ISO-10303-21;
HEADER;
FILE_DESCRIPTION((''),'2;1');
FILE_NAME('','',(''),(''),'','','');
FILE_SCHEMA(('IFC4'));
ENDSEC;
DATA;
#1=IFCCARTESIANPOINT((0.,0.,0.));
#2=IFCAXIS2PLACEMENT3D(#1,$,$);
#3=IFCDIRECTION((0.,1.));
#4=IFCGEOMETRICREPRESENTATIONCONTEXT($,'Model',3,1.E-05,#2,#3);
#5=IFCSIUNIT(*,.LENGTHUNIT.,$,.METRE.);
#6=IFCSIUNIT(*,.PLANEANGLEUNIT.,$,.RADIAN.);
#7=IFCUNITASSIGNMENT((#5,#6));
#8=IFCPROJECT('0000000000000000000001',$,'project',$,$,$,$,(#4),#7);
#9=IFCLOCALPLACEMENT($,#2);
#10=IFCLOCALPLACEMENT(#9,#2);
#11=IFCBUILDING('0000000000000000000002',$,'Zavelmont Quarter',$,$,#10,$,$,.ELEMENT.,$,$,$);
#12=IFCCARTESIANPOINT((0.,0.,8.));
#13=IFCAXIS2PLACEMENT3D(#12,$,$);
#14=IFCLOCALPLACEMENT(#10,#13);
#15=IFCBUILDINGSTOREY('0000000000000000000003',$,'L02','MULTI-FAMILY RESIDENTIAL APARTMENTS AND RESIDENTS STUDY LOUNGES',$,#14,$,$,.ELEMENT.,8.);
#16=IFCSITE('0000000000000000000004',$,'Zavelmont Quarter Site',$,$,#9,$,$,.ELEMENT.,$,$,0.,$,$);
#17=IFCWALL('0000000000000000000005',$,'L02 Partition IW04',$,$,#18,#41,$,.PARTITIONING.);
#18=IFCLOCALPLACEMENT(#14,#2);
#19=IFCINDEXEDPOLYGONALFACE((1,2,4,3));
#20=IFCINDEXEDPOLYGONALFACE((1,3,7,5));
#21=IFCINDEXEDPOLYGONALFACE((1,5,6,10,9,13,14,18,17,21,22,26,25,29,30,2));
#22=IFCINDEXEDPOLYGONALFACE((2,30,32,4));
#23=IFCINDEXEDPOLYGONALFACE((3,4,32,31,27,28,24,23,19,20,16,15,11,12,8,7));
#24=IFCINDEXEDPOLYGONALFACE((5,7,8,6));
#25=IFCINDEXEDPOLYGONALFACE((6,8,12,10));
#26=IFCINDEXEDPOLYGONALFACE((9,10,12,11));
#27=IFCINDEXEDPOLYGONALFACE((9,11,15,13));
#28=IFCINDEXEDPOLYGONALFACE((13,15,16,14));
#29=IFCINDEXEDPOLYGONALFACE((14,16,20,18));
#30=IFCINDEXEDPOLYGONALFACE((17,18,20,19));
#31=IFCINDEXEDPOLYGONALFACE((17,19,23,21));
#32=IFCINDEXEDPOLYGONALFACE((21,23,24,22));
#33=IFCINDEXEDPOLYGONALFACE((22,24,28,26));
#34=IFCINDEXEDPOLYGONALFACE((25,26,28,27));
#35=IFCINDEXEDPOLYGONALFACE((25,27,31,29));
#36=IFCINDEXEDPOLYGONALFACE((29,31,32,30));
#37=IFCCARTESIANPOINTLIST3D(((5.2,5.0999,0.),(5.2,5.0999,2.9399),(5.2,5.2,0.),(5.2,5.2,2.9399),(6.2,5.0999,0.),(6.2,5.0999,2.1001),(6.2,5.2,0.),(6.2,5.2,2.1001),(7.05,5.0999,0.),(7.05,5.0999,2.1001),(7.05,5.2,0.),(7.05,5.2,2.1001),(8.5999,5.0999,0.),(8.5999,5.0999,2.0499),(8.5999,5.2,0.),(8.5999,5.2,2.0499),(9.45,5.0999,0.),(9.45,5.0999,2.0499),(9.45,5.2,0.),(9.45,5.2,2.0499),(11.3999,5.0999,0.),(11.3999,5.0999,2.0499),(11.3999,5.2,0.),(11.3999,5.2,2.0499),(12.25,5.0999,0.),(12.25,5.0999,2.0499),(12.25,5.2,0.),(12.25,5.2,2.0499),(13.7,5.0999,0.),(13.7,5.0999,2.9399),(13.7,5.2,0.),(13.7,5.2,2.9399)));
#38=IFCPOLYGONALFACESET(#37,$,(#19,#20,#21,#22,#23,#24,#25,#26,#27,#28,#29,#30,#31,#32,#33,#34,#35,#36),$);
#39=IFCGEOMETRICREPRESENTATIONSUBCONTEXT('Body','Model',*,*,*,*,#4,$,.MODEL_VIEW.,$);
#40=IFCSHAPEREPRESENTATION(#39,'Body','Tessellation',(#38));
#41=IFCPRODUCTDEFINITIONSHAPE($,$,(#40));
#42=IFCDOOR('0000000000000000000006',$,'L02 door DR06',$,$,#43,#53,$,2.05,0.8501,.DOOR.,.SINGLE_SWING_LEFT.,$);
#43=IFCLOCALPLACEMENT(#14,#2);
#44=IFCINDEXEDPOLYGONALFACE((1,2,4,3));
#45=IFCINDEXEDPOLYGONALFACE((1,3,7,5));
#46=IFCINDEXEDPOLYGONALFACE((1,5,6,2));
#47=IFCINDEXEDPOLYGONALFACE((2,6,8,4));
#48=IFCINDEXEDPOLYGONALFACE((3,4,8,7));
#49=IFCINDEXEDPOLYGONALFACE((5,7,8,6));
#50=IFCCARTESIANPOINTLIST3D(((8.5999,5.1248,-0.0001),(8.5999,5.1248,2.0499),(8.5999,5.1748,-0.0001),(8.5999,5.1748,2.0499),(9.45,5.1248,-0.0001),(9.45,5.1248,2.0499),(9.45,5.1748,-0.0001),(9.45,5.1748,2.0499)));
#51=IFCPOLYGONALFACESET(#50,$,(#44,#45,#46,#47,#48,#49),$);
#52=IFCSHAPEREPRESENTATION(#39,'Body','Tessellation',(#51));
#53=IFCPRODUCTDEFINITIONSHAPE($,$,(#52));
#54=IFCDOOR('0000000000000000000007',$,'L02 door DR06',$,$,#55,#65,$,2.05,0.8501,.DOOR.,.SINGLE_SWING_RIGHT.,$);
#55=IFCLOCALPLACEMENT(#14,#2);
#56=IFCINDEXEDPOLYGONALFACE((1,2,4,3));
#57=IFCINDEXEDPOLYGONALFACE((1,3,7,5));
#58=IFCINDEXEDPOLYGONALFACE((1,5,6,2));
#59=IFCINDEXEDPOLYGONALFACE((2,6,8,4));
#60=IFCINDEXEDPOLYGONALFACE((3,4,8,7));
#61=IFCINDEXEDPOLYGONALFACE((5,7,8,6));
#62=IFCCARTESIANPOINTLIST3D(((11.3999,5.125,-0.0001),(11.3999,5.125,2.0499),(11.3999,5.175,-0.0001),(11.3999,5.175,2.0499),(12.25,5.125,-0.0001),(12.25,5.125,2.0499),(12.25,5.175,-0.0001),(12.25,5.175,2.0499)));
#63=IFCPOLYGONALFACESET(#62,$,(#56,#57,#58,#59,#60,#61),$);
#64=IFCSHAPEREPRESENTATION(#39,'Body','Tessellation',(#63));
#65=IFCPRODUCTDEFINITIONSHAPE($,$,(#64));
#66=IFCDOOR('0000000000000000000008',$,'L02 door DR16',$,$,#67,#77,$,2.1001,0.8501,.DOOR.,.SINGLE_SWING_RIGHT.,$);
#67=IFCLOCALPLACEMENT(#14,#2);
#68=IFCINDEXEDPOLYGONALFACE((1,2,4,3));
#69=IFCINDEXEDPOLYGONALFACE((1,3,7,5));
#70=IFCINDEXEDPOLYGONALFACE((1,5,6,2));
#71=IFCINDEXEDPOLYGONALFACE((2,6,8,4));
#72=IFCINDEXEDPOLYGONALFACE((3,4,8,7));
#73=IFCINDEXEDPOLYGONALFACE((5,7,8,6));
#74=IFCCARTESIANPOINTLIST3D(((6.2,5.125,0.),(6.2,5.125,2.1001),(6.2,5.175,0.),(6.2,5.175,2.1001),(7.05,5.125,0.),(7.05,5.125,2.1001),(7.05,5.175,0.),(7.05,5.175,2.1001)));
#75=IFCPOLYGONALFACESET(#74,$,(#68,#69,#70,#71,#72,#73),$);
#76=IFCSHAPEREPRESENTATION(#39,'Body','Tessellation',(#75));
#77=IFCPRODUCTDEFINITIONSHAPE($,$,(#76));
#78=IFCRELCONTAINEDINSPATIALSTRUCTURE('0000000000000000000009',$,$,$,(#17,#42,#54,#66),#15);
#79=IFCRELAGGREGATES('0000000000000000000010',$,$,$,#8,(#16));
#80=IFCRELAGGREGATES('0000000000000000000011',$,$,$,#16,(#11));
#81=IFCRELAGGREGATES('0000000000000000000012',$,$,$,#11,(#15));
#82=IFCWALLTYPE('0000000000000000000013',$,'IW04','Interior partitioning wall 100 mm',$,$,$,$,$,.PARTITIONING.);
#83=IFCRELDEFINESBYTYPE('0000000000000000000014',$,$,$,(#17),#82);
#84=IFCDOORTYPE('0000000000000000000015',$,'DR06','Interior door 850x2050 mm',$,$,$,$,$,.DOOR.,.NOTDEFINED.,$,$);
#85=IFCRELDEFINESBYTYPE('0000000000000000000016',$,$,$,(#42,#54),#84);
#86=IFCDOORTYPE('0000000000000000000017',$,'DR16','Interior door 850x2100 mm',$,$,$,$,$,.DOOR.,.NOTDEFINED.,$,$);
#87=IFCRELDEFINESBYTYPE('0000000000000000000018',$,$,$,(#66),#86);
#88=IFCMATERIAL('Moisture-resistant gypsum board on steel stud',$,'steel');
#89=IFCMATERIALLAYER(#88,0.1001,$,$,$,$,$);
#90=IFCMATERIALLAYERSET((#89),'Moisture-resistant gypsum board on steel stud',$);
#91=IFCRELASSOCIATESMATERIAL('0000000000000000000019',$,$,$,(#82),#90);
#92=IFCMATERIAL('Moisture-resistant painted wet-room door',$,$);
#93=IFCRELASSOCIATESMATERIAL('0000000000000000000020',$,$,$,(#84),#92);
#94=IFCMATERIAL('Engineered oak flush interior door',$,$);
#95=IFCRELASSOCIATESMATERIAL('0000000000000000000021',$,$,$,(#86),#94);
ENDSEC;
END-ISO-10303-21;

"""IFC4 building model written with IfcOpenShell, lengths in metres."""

from ifc_helpers import new_model, si_unit, direction, frame, frame_2d, origin, origin_with_axes, place, context, subcontext, project, spatial, rectangle, extrude, material, layer, layer_set, type_object, element, fill, save


model = new_model("IFC4")

# Units and contexts
model_context = context("Model", 3, precision=1e-05, world=origin(), true_north=direction((0.0, 1.0)))
body_context = subcontext(model_context, "Body", "Model", "MODEL_VIEW")
ifc_project = project(units=[si_unit("LENGTHUNIT", "METRE"), si_unit("PLANEANGLEUNIT", "RADIAN")], contexts=[model_context])

# Site, building, storey
site_placement = place(None, origin())
site = spatial("IfcSite", under=ifc_project, at=site_placement, Name="Zavelmont Quarter Site", CompositionType="ELEMENT", RefElevation=0.0)
building_placement = place(site_placement, origin())
building = spatial("IfcBuilding", under=site, at=building_placement, Name="Zavelmont Quarter", CompositionType="ELEMENT")
storey_placement = place(building_placement, frame((0.0, 0.0, 8.0)))
storey = spatial("IfcBuildingStorey", under=building, at=storey_placement, Name="L02", Description="MULTI-FAMILY RESIDENTIAL APARTMENTS AND RESIDENTS STUDY LOUNGES", CompositionType="ELEMENT", Elevation=8.0)

# Shared definitions
ifc_material_1 = material(Name="Engineered oak flush interior door")

# Shared definitions
ifc_material_2 = material(Name="Moisture-resistant gypsum board on steel stud", Category="steel")
ifc_layer_1 = layer(ifc_material_2, 0.1001)
ifc_layer_set_1 = layer_set([ifc_layer_1], Name="Moisture-resistant gypsum board on steel stud")
wall_type_1 = type_object("IfcWallType", Name="IW04", Description="Interior partitioning wall 100 mm", PredefinedType="PARTITIONING", material=ifc_layer_set_1)

# Wall, openings, doors
wall_1_placement = place(storey_placement, frame((5.2, 5.1499, 0.0), z_axis=(0.0, 0.0, 1.0), x_axis=(1.0, 0.0, 0.0)))
wall_1 = element("IfcWall", 1, at=wall_1_placement, inside=storey, type_object=wall_type_1, Name="L02 Partition IW04", PredefinedType="PARTITIONING", context=body_context, shape_type="SweptSolid", body=[
    extrude(rectangle(XDim=8.5, YDim=0.1001, at=frame_2d((4.25, 0.0))), origin(), (0.0, 0.0, 1.0), 2.9399),
])
opening_1_placement = place(wall_1_placement, frame((1.0, 0.0, 0.0)))
opening_1 = element("IfcOpeningElement", 2, at=opening_1_placement, cuts=wall_1, PredefinedType="OPENING", context=body_context, shape_type="SweptSolid", body=[
    extrude(rectangle(XDim=0.8501, YDim=2.1001, at=frame_2d((0.425, 1.05))), frame((0.0, 0.062, 0.0), z_axis=(0.0, -1.0, 0.0), x_axis=(1.0, 0.0, 0.0)), (0.0, 0.0, 1.0), 0.124),
])
opening_2_placement = place(wall_1_placement, frame((3.3999, 0.0, 0.0)))
opening_2 = element("IfcOpeningElement", 3, at=opening_2_placement, cuts=wall_1, PredefinedType="OPENING", context=body_context, shape_type="SweptSolid", body=[
    extrude(rectangle(XDim=0.8501, YDim=2.05, at=frame_2d((0.425, 1.0249))), frame((0.0, 0.062, 0.0), z_axis=(0.0, -1.0, 0.0), x_axis=(1.0, 0.0, 0.0)), (0.0, 0.0, 1.0), 0.124),
])
opening_3_placement = place(wall_1_placement, frame((6.2, 0.0, 0.0)))
opening_3 = element("IfcOpeningElement", 4, at=opening_3_placement, cuts=wall_1, PredefinedType="OPENING", context=body_context, shape_type="SweptSolid", body=[
    extrude(rectangle(XDim=0.8501, YDim=2.05, at=frame_2d((0.425, 1.0249))), frame((0.0, 0.062, 0.0), z_axis=(0.0, -1.0, 0.0), x_axis=(1.0, 0.0, 0.0)), (0.0, 0.0, 1.0), 0.124),
])
ifc_material_3 = material(Name="Moisture-resistant painted wet-room door")
door_type_1 = type_object("IfcDoorType", Name="DR06", Description="Interior door 850x2050 mm", OperationType="NOTDEFINED", PredefinedType="DOOR", material=ifc_material_3)
door_1_placement = place(opening_2_placement, origin_with_axes())
door_1 = element("IfcDoor", 5, at=door_1_placement, inside=storey, type_object=door_type_1, Name="L02 door DR06", OperationType="SINGLE_SWING_LEFT", OverallHeight=2.05, OverallWidth=0.8501, PredefinedType="DOOR", context=body_context, shape_type="SweptSolid", body=[
    extrude(rectangle(XDim=0.8501, YDim=2.05, at=frame_2d((0.425, 1.0249))), frame((0.0, 0.0249, 0.0), z_axis=(0.0, -1.0, 0.0), x_axis=(1.0, 0.0, 0.0)), (0.0, 0.0, 1.0), 0.05),
])
fill(opening_2, door_1)
door_2_placement = place(opening_3_placement, frame((0.8501, 0.0, 0.0), z_axis=(0.0, 0.0, 1.0), x_axis=(-1.0, 0.0, 0.0)))
door_2 = element("IfcDoor", 6, at=door_2_placement, inside=storey, type_object=door_type_1, Name="L02 door DR06", OperationType="SINGLE_SWING_RIGHT", OverallHeight=2.05, OverallWidth=0.8501, PredefinedType="DOOR", context=body_context, shape_type="SweptSolid", body=[
    extrude(rectangle(XDim=0.8501, YDim=2.05, at=frame_2d((0.425, 1.0249))), frame((0.0, 0.0249, 0.0), z_axis=(0.0, -1.0, 0.0), x_axis=(1.0, 0.0, 0.0)), (0.0, 0.0, 1.0), 0.05),
])
fill(opening_3, door_2)
door_type_2 = type_object("IfcDoorType", Name="DR16", Description="Interior door 850x2100 mm", OperationType="NOTDEFINED", PredefinedType="DOOR", material=ifc_material_1)
door_3_placement = place(opening_1_placement, frame((0.8501, 0.0, 0.0), z_axis=(0.0, 0.0, 1.0), x_axis=(-1.0, 0.0, 0.0)))
door_3 = element("IfcDoor", 7, at=door_3_placement, inside=storey, type_object=door_type_2, Name="L02 door DR16", OperationType="SINGLE_SWING_RIGHT", OverallHeight=2.1001, OverallWidth=0.8501, PredefinedType="DOOR", context=body_context, shape_type="SweptSolid", body=[
    extrude(rectangle(XDim=0.8501, YDim=2.1001, at=frame_2d((0.425, 1.05))), frame((0.0, 0.0249, 0.0), z_axis=(0.0, -1.0, 0.0), x_axis=(1.0, 0.0, 0.0)), (0.0, 0.0, 1.0), 0.05),
])
fill(opening_1, door_3)

save(model, "model.ifc")
